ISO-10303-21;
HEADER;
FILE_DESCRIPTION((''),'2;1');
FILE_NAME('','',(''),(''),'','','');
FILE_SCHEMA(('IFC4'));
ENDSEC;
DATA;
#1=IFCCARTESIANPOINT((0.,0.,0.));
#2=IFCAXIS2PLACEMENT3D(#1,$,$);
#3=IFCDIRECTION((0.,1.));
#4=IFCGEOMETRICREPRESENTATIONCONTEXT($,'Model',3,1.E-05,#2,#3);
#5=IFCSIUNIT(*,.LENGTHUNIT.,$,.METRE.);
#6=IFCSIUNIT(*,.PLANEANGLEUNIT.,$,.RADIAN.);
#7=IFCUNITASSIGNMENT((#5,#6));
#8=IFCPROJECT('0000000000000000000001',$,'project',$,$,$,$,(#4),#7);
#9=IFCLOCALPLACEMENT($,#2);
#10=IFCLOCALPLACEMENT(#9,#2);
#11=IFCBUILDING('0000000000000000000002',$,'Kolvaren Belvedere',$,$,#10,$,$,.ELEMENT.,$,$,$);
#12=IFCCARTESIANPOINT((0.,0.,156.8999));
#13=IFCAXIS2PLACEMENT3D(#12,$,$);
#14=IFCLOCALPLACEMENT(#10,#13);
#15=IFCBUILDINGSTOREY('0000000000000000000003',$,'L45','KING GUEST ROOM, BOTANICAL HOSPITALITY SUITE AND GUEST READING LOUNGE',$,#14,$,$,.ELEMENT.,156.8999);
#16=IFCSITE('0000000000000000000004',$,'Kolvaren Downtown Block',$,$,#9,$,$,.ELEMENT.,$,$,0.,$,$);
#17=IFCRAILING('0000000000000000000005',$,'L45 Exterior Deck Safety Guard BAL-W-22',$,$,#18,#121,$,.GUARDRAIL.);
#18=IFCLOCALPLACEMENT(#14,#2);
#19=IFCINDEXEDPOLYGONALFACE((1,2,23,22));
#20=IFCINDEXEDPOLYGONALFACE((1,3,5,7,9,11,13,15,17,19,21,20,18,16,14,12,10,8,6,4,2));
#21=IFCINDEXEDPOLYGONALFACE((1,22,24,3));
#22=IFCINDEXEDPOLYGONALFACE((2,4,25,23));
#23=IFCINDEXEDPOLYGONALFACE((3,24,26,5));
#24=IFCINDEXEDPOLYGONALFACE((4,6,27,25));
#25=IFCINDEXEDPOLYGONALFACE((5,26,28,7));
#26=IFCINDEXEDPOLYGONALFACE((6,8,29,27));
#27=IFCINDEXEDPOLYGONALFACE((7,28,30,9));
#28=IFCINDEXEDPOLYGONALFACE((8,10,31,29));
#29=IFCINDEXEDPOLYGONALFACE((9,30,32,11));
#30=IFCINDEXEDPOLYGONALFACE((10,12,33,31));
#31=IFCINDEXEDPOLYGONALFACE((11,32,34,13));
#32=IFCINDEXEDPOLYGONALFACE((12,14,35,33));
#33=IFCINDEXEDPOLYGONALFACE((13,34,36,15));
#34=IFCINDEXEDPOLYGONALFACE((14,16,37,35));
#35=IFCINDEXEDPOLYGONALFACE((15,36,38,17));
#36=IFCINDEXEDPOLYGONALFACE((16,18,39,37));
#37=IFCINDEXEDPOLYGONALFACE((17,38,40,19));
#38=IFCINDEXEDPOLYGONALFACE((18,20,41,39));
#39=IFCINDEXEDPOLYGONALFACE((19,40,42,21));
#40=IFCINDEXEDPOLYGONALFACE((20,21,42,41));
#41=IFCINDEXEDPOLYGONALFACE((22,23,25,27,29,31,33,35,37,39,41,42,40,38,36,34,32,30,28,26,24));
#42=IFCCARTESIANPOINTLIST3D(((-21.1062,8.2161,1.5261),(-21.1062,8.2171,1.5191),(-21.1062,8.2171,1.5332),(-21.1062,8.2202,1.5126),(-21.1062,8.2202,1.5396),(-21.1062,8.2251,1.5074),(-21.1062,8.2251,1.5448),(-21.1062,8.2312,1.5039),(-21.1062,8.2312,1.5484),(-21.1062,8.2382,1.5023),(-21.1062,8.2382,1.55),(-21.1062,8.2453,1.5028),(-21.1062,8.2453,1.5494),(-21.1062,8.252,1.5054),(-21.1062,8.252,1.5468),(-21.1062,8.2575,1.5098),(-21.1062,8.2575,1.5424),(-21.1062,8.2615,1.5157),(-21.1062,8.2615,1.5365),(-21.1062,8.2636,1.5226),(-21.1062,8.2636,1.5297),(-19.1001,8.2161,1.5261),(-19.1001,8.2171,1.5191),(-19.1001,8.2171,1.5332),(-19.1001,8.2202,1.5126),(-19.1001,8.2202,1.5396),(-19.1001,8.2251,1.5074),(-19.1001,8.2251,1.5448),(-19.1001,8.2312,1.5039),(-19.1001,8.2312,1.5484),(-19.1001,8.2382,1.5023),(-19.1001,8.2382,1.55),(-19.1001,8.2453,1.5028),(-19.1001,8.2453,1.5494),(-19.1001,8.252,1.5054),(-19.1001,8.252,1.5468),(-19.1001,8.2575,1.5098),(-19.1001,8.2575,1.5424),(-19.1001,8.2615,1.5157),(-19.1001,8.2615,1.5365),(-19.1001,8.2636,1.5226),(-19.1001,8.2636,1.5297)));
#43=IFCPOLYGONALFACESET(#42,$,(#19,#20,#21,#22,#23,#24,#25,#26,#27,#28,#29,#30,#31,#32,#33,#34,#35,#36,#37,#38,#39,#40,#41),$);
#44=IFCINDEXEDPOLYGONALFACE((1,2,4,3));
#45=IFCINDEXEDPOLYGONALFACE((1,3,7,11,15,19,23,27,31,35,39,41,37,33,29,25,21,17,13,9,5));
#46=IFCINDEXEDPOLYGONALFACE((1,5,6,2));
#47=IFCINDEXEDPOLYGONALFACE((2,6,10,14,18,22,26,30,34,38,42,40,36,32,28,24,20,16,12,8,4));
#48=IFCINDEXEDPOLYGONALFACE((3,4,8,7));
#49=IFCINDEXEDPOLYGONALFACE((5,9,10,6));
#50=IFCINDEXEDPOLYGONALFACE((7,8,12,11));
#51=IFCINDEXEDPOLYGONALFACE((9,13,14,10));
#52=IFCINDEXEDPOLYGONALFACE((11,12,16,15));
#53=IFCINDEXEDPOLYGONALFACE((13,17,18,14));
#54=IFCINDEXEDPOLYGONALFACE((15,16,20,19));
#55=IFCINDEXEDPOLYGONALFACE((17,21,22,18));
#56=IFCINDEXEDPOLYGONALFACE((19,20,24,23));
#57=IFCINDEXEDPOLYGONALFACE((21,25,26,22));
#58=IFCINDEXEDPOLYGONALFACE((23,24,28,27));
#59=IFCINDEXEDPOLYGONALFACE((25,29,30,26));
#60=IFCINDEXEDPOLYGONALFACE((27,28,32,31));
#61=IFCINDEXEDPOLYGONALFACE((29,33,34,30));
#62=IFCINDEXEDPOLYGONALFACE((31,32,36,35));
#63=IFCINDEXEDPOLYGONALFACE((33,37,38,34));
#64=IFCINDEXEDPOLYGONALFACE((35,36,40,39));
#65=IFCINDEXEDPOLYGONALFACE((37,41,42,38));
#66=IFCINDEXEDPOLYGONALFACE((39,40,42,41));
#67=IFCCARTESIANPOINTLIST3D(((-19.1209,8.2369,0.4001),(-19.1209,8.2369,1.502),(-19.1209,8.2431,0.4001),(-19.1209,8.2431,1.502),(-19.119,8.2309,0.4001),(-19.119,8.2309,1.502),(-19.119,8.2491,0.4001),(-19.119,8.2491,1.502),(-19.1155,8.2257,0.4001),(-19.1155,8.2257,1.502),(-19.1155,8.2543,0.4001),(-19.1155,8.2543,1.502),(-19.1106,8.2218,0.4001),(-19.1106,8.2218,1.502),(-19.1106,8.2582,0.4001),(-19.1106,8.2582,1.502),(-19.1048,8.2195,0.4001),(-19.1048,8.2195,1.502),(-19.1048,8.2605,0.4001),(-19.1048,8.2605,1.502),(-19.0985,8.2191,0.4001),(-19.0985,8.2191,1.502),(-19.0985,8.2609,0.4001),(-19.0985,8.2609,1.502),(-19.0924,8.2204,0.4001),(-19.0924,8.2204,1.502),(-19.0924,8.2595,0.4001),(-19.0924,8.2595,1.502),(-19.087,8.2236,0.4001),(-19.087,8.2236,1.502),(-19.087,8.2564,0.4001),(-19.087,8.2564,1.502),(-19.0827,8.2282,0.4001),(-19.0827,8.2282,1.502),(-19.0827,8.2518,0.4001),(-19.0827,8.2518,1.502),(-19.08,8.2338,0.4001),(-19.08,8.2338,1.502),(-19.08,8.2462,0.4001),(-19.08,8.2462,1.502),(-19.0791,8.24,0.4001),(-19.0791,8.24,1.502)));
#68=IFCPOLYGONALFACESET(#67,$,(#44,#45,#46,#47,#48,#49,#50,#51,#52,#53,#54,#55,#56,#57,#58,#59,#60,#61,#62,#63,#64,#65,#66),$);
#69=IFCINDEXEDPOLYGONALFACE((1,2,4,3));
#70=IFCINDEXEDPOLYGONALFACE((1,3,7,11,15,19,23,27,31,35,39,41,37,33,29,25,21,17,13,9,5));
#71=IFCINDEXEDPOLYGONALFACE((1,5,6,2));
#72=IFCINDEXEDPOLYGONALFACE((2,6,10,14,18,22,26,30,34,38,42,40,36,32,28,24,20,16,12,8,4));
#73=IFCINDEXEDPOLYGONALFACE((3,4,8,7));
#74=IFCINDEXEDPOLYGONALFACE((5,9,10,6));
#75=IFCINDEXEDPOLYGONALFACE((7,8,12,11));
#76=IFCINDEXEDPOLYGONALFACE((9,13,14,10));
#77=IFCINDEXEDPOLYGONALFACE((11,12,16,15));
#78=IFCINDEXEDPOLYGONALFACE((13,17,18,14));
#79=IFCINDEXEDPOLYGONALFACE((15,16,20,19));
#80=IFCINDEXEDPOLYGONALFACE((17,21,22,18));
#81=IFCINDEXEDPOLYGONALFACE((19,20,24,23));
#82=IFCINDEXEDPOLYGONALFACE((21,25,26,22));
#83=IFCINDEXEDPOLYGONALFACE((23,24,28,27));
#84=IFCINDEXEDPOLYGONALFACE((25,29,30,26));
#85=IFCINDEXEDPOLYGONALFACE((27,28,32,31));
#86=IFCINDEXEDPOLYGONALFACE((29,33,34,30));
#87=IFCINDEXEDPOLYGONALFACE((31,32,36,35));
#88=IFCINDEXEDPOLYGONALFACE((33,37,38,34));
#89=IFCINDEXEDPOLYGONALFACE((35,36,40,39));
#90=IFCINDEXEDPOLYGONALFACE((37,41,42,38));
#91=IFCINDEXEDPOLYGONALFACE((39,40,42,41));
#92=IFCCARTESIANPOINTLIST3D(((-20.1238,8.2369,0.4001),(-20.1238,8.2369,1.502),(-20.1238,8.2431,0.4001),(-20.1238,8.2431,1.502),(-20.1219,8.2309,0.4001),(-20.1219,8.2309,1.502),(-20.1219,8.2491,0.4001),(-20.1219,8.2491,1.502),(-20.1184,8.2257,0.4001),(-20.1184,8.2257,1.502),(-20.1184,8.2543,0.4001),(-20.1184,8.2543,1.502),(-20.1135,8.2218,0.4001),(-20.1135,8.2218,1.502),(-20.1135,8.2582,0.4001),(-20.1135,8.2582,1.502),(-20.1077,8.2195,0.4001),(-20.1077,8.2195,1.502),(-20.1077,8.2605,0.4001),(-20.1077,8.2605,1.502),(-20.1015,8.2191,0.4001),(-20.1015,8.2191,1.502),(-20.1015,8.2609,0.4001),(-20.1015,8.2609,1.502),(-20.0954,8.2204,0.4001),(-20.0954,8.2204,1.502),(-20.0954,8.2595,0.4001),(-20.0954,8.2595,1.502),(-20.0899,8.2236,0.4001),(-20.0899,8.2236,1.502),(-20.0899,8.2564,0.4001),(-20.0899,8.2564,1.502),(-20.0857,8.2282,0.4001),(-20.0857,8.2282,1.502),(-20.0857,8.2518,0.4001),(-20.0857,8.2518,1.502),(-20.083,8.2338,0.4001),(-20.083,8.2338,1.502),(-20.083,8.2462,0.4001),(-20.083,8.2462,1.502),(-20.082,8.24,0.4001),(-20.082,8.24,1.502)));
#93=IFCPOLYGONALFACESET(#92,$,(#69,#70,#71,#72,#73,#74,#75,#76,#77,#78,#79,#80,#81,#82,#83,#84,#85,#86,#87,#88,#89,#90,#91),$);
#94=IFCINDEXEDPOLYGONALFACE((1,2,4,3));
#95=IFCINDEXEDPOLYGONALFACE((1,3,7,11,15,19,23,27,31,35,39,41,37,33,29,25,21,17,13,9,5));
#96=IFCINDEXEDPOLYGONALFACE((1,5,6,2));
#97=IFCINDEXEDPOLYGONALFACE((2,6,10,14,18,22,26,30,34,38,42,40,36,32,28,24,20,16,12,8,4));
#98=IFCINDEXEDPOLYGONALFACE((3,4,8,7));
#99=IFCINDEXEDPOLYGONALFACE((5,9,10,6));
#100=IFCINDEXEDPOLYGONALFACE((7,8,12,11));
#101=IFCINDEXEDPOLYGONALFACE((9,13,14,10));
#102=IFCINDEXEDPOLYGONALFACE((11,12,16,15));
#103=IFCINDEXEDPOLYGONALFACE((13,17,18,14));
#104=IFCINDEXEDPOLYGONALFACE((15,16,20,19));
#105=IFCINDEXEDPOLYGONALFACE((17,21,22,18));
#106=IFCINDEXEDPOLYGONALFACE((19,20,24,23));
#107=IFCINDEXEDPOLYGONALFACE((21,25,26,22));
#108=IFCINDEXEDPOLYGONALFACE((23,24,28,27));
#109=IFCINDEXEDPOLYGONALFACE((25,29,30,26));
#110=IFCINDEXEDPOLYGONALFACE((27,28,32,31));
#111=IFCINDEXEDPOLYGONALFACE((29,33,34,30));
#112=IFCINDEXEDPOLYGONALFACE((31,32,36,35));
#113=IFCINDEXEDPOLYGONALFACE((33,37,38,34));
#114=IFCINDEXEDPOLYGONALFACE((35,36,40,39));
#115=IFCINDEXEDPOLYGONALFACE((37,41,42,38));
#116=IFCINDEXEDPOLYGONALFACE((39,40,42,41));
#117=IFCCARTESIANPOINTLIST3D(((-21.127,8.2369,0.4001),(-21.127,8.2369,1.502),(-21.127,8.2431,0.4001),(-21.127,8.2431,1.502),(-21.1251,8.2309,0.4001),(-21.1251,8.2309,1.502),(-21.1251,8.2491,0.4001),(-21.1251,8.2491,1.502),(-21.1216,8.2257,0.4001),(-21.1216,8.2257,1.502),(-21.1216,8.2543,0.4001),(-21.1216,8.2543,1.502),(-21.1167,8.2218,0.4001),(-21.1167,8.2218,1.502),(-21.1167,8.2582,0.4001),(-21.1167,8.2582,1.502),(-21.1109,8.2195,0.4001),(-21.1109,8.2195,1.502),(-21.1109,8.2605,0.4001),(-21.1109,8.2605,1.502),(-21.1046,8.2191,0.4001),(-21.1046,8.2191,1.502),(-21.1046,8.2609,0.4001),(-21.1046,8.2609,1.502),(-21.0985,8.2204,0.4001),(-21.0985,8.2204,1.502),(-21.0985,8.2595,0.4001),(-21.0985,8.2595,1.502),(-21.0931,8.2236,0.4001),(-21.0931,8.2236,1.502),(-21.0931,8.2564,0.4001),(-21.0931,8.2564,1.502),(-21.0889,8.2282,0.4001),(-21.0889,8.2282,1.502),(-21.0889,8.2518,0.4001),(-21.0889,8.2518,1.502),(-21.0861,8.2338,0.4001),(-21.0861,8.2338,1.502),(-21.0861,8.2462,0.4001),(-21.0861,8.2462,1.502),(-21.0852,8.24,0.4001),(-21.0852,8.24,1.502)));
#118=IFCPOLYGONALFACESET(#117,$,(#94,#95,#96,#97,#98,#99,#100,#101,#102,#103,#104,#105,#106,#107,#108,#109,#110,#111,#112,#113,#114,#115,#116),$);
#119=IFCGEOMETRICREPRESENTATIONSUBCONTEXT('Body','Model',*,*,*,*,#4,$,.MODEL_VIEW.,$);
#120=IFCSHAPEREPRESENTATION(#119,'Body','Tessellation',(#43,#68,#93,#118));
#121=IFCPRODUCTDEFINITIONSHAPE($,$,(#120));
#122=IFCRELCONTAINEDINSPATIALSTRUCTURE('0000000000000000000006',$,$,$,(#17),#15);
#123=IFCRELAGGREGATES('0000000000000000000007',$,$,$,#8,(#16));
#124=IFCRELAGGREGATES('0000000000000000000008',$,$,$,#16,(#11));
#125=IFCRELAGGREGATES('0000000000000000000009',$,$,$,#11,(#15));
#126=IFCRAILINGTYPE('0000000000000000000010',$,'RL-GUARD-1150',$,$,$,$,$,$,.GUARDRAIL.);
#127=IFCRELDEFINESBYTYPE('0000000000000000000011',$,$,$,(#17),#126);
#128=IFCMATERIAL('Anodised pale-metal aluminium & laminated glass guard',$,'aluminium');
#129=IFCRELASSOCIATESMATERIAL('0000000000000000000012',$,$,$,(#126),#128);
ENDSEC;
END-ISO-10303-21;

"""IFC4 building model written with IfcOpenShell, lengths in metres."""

from ifc_helpers import new_model, si_unit, direction, frame, origin, origin_2d, place, context, subcontext, project, spatial, circle, extrude, material, type_object, element, save


model = new_model("IFC4")

# Units and contexts
model_context = context("Model", 3, precision=1e-05, world=origin(), true_north=direction((0.0, 1.0)))
body_context = subcontext(model_context, "Body", "Model", "MODEL_VIEW")
ifc_project = project(units=[si_unit("LENGTHUNIT", "METRE"), si_unit("PLANEANGLEUNIT", "RADIAN")], contexts=[model_context])

# Site, building, storey
site_placement = place(None, origin())
site = spatial("IfcSite", under=ifc_project, at=site_placement, Name="Kolvaren Downtown Block", CompositionType="ELEMENT", RefElevation=0.0)
building_placement = place(site_placement, origin())
building = spatial("IfcBuilding", under=site, at=building_placement, Name="Kolvaren Belvedere", CompositionType="ELEMENT")
storey_placement = place(building_placement, frame((0.0, 0.0, 156.8999)))
storey = spatial("IfcBuildingStorey", under=building, at=storey_placement, Name="L45", Description="KING GUEST ROOM, BOTANICAL HOSPITALITY SUITE AND GUEST READING LOUNGE", CompositionType="ELEMENT", Elevation=156.8999)

# Railing
ifc_material_1 = material(Name="Anodised pale-metal aluminium & laminated glass guard", Category="aluminium")
railing_type = type_object("IfcRailingType", Name="RL-GUARD-1150", PredefinedType="GUARDRAIL", material=ifc_material_1)
railing_1_placement = place(storey_placement, frame((-19.1001, 8.24, 0.4001)))
element("IfcRailing", 1, at=railing_1_placement, inside=storey, type_object=railing_type, Name="L45 Exterior Deck Safety Guard BAL-W-22", PredefinedType="GUARDRAIL", context=body_context, shape_type="SweptSolid", body=[
    extrude(circle(Radius=0.0239, at=origin_2d()), frame((0.0, 0.0, 1.126), z_axis=(-1.0, 0.0, 0.0), x_axis=(0.0, -1.0, 0.0)), (0.0, 0.0, 1.0), 2.0061),
    extrude(circle(Radius=0.021, at=origin_2d()), origin(), (0.0, 0.0, 1.0), 1.1018),
    extrude(circle(Radius=0.021, at=origin_2d()), frame((-1.0029, 0.0, 0.0)), (0.0, 0.0, 1.0), 1.1018),
    extrude(circle(Radius=0.021, at=origin_2d()), frame((-2.0061, 0.0, 0.0)), (0.0, 0.0, 1.0), 1.1018),
])

save(model, "model.ifc")
